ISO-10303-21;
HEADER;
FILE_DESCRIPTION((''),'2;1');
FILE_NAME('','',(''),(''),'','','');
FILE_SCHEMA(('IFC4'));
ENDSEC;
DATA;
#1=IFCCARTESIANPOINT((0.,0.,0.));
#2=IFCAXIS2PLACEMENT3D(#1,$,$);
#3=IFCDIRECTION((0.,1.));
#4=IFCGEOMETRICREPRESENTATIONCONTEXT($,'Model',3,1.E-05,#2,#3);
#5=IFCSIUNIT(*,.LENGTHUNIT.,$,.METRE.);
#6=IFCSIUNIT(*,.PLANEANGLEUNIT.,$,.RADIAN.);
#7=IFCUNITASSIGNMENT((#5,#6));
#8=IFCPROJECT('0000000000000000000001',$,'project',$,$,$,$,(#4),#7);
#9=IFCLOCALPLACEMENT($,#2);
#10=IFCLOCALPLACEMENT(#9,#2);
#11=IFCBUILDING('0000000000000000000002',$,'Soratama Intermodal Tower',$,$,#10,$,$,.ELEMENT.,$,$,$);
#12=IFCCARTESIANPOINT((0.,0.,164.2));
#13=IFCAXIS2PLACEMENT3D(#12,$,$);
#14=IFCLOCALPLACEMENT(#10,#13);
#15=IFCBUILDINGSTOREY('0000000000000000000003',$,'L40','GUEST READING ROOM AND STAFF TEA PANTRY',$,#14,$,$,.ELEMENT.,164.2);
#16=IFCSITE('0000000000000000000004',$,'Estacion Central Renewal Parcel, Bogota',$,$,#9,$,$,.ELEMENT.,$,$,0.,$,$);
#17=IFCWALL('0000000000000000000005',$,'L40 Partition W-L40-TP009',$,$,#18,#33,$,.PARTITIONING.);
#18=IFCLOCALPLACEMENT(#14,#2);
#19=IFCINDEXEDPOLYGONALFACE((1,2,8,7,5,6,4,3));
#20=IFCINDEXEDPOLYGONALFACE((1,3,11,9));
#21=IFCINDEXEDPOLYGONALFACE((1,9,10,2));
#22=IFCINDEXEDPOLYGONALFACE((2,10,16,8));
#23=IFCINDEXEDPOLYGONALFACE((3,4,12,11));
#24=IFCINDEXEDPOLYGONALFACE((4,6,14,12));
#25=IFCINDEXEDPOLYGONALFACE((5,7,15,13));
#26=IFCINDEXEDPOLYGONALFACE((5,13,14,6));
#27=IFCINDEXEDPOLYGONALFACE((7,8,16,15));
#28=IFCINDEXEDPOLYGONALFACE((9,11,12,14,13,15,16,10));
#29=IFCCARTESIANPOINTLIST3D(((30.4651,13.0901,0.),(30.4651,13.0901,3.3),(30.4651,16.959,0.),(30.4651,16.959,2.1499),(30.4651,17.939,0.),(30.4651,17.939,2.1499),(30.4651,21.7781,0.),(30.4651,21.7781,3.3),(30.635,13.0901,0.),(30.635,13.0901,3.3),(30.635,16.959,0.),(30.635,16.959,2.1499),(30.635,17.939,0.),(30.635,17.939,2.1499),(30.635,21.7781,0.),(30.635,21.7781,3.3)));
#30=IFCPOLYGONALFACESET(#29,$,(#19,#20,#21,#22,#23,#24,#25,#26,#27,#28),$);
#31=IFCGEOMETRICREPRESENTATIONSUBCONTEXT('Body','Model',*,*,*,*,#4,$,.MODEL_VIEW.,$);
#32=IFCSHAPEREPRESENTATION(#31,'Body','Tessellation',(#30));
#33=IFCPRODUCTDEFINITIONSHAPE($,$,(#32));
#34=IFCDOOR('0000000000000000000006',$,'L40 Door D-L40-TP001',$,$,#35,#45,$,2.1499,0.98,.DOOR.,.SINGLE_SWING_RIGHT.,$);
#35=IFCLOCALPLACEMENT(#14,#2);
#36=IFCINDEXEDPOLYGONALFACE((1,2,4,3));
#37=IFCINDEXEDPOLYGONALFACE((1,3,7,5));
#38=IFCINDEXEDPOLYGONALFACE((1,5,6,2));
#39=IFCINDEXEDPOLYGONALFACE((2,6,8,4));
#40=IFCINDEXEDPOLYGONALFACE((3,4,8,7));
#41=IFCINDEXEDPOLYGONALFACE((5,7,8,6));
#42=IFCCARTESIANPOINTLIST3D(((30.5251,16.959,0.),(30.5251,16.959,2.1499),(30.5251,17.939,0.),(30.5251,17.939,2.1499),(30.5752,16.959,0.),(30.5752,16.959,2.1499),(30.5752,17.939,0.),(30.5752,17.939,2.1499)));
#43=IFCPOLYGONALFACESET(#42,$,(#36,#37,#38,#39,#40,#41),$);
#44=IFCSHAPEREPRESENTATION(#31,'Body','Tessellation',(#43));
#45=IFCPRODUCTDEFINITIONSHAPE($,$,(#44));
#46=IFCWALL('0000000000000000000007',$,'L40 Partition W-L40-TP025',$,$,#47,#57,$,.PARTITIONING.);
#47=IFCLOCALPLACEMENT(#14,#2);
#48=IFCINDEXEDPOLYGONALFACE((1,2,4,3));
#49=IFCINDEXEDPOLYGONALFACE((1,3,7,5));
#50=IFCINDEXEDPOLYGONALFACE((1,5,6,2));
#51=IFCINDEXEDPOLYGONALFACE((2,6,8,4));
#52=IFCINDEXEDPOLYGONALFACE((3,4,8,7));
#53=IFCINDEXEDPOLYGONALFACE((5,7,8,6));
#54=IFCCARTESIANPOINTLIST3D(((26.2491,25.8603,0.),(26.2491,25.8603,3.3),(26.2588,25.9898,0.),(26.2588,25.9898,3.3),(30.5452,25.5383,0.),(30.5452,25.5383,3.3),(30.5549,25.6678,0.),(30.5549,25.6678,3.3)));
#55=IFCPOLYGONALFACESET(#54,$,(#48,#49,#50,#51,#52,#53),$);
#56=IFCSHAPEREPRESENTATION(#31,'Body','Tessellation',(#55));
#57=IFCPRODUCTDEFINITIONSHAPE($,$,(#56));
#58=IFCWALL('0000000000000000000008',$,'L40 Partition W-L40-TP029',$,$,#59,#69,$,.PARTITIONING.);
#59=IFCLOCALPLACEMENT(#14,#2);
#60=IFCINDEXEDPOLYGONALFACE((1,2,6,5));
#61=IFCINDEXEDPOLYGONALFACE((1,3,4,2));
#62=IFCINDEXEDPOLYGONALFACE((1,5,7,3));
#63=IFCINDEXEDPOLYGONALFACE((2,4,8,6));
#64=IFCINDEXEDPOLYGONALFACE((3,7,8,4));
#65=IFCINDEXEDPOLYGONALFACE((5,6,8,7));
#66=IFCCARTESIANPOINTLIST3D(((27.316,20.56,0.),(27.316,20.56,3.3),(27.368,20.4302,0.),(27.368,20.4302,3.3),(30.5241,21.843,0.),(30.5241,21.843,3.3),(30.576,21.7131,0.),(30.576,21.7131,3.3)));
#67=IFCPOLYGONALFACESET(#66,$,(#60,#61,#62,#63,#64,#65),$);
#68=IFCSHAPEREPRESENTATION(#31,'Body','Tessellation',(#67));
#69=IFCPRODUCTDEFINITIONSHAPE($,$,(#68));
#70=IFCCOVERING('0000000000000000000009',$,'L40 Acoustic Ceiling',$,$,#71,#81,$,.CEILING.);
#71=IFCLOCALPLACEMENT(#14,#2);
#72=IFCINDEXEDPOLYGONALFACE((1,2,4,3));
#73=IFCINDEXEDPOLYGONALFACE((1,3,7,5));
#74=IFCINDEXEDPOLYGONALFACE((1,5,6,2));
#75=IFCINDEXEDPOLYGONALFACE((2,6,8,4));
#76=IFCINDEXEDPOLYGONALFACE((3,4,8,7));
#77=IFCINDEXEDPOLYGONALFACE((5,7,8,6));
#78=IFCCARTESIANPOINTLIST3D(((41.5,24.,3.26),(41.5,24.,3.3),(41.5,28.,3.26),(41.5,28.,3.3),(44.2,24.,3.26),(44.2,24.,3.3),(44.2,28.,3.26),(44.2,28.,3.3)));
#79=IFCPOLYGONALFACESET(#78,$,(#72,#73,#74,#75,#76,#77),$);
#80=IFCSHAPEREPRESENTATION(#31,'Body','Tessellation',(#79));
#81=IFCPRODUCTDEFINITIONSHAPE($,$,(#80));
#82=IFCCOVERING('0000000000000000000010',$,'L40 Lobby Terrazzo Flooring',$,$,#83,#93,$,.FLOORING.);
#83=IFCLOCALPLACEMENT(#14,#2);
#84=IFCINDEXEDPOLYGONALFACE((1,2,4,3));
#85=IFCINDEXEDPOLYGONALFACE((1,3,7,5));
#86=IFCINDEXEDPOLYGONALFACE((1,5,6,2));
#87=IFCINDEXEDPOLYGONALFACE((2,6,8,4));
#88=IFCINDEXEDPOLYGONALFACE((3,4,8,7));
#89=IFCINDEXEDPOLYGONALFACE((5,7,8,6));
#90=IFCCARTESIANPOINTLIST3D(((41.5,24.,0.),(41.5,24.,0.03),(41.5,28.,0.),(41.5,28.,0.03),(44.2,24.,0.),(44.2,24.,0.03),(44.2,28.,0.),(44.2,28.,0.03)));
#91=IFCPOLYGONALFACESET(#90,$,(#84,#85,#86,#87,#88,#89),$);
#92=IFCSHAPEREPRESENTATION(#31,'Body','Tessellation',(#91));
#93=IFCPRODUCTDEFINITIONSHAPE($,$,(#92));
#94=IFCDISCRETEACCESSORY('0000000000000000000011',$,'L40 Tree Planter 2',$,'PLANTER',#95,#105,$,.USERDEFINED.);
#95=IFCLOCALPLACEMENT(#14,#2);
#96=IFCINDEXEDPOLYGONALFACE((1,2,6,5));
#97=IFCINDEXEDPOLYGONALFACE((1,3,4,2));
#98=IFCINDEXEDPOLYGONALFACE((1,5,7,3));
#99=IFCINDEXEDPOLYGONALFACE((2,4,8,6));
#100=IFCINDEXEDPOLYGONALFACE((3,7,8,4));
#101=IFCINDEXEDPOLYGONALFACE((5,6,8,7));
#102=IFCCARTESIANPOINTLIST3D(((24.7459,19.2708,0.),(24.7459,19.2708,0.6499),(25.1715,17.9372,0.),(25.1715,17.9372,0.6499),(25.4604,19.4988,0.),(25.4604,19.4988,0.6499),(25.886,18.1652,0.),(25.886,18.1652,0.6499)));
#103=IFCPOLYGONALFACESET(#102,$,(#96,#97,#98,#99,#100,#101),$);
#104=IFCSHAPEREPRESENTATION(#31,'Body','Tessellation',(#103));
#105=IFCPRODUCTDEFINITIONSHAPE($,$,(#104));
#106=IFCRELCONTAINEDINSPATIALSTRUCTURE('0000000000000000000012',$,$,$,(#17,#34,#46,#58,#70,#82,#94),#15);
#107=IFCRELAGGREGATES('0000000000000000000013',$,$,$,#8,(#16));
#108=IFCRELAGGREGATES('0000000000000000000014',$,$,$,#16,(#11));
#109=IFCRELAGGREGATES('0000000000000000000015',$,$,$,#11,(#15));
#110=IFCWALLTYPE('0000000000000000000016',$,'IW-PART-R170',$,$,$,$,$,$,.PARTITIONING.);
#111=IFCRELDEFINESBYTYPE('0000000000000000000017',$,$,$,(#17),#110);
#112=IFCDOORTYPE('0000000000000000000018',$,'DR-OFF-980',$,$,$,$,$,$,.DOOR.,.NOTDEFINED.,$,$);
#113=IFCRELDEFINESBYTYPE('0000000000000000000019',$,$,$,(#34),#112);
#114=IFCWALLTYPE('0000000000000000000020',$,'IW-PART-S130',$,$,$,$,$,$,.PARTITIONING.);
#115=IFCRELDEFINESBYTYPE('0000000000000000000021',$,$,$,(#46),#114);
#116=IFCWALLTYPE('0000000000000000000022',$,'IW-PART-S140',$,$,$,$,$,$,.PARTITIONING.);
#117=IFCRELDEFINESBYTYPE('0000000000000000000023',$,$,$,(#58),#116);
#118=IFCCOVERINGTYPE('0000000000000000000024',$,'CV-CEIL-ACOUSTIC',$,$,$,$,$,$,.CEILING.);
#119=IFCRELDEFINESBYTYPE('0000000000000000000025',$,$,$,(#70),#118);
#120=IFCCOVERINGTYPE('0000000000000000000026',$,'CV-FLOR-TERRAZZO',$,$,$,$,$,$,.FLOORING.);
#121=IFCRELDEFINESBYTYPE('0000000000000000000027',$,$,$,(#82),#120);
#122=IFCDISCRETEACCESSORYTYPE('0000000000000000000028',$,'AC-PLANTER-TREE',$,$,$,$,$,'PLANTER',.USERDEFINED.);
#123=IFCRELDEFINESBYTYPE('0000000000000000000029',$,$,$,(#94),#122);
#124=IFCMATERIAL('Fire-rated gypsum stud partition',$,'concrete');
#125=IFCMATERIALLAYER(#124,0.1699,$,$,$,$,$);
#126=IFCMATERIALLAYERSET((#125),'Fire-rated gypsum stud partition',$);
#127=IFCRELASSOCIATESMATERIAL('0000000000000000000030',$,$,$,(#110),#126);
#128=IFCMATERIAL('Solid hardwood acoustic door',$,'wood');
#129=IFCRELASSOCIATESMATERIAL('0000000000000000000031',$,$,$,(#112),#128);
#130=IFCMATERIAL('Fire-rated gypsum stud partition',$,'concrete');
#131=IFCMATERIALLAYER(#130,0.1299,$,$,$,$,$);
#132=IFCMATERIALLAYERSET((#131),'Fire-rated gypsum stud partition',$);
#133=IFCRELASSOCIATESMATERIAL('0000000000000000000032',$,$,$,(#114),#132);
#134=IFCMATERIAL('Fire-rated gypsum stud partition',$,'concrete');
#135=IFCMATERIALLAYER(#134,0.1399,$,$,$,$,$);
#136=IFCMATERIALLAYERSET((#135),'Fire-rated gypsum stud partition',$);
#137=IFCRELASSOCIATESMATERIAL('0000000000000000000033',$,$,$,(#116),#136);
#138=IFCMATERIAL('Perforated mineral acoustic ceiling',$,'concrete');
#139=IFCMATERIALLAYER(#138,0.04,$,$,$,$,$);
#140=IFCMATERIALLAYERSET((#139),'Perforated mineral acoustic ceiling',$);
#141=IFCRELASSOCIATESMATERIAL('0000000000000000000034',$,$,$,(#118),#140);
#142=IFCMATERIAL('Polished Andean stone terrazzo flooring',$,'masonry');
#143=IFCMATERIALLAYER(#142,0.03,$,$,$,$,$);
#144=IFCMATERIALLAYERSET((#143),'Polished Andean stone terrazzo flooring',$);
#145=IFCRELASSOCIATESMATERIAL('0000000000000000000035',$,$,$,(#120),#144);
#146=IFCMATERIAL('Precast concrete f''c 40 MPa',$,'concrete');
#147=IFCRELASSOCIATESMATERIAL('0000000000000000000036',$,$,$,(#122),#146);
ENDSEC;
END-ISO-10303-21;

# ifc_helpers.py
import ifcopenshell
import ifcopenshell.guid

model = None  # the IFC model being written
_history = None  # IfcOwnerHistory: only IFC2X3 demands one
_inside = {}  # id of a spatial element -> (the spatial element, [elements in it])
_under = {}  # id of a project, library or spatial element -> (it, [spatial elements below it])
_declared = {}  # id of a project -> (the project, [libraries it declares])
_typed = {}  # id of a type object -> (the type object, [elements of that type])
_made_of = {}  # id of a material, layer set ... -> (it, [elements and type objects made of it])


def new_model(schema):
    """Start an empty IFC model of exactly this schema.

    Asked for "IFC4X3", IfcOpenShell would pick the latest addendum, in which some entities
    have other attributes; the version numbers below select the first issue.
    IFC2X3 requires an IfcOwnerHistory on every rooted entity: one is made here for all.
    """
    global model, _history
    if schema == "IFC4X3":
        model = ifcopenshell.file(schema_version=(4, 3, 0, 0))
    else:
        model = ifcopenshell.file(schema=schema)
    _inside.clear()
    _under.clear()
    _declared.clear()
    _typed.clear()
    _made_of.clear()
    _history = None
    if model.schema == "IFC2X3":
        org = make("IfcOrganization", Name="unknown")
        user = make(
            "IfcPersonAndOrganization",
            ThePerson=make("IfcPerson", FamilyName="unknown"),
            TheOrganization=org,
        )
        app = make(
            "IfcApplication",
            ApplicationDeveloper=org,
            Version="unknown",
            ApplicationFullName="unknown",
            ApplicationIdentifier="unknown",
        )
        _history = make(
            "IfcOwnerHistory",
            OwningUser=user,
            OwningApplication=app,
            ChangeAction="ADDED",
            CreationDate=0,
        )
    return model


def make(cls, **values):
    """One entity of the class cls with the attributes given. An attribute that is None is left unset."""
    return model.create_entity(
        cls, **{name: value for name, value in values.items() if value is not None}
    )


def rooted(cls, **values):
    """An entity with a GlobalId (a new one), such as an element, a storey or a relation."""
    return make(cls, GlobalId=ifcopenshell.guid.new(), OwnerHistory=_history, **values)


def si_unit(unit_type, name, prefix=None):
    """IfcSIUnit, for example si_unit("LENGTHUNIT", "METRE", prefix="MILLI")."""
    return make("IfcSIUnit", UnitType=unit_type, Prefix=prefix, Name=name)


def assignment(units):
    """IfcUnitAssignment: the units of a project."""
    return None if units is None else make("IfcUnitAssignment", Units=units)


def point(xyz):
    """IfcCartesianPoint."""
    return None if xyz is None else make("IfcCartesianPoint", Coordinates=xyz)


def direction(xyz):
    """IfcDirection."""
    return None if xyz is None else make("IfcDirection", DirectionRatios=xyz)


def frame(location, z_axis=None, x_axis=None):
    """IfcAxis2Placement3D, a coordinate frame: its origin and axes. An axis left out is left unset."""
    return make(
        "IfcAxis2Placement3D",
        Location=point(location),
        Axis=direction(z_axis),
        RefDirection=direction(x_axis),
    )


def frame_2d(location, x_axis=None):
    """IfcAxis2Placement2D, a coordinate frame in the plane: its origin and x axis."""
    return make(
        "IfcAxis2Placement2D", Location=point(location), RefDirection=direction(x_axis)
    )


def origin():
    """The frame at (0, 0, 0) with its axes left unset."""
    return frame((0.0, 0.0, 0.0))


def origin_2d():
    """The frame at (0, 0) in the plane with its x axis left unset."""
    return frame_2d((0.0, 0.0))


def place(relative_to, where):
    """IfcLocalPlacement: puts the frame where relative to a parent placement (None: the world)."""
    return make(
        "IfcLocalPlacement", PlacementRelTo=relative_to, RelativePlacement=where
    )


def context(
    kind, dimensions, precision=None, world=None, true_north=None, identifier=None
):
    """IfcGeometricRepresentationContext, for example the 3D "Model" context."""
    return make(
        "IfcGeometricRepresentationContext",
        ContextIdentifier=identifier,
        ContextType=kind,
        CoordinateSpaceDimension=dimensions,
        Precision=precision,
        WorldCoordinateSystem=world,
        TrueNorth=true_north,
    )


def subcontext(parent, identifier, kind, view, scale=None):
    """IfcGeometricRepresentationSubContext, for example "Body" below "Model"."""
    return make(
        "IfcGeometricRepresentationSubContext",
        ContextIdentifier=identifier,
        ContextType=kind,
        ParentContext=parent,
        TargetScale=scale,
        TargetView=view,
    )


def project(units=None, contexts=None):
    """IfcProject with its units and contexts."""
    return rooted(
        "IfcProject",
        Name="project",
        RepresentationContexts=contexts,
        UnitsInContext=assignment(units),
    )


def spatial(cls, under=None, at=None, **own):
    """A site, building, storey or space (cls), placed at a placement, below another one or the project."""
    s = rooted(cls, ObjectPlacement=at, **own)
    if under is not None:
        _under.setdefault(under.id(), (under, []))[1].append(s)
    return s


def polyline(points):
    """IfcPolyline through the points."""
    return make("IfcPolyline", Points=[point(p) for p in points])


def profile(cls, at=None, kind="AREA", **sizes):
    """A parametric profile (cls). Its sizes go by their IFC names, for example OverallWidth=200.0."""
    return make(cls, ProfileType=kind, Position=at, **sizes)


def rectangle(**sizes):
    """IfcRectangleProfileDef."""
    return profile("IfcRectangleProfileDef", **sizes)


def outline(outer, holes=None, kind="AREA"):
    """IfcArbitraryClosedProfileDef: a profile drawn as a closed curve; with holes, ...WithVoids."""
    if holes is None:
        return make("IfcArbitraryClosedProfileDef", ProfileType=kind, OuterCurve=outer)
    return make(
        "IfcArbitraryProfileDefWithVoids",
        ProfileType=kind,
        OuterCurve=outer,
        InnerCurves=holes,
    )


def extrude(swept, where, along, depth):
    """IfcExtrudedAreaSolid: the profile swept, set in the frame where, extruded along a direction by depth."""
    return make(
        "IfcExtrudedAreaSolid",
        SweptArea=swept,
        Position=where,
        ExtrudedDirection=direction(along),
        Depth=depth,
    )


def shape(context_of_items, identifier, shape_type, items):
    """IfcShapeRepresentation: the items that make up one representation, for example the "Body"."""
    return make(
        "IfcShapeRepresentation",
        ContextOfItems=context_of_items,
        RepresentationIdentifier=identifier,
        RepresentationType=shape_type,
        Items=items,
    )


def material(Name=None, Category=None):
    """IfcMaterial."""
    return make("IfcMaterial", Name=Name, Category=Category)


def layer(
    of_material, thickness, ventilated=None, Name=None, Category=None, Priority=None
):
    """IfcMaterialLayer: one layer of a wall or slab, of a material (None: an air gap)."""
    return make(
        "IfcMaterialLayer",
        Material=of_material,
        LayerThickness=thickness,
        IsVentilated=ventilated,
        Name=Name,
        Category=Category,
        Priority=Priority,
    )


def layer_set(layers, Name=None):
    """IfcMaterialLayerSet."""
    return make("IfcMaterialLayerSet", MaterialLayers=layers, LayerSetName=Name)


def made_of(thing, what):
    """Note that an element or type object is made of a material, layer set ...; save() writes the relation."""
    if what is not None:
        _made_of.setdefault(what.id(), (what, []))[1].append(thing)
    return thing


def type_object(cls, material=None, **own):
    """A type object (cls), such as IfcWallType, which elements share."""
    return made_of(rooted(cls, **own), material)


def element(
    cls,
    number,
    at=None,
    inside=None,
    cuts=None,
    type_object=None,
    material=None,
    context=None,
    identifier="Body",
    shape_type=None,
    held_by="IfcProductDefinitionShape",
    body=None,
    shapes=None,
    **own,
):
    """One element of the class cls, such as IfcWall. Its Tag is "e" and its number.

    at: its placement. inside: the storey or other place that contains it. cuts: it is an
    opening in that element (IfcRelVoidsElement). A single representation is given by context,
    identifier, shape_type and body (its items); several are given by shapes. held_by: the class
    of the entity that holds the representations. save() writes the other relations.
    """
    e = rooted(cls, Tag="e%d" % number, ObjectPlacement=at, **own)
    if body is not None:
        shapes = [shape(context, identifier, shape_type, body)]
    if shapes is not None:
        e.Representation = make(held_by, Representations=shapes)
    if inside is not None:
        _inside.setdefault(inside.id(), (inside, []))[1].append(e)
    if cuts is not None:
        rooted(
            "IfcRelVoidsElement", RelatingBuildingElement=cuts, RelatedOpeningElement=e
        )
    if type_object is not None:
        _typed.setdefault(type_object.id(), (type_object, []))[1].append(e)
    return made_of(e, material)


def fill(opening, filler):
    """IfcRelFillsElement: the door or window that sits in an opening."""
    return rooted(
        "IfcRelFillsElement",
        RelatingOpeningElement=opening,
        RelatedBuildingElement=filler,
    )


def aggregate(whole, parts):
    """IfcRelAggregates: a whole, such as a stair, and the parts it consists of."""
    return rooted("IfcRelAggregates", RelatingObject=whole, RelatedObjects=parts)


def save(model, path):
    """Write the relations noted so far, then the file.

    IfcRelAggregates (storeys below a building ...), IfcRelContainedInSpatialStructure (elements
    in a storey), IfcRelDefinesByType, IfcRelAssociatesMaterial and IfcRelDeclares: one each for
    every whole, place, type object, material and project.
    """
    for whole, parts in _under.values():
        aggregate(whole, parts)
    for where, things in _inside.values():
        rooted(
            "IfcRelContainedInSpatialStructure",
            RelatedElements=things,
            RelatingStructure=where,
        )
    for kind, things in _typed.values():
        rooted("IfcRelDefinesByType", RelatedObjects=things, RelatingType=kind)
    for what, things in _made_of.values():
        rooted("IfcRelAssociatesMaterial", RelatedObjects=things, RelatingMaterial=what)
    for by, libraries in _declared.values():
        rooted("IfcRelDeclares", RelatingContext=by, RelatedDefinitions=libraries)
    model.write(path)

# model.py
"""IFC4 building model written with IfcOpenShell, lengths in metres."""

from ifc_helpers import new_model, si_unit, direction, frame, frame_2d, origin, origin_2d, place, context, subcontext, project, spatial, polyline, rectangle, outline, extrude, material, layer, layer_set, type_object, element, fill, save


model = new_model("IFC4")

# Units and contexts
model_context = context("Model", 3, precision=1e-05, world=origin(), true_north=direction((0.0, 1.0)))
body_context = subcontext(model_context, "Body", "Model", "MODEL_VIEW")
ifc_project = project(units=[si_unit("LENGTHUNIT", "METRE"), si_unit("PLANEANGLEUNIT", "RADIAN")], contexts=[model_context])

# Site, building, storey
site_placement = place(None, origin())
site = spatial("IfcSite", under=ifc_project, at=site_placement, Name="Estacion Central Renewal Parcel, Bogota", CompositionType="ELEMENT", RefElevation=0.0)
building_placement = place(site_placement, origin())
building = spatial("IfcBuilding", under=site, at=building_placement, Name="Soratama Intermodal Tower", CompositionType="ELEMENT")
storey_placement = place(building_placement, frame((0.0, 0.0, 164.2)))
storey = spatial("IfcBuildingStorey", under=building, at=storey_placement, Name="L40", Description="GUEST READING ROOM AND STAFF TEA PANTRY", CompositionType="ELEMENT", Elevation=164.2)

# Wall, opening, door
ifc_material_1 = material(Name="Fire-rated gypsum stud partition", Category="concrete")
ifc_layer_1 = layer(ifc_material_1, 0.1699)
ifc_layer_set_1 = layer_set([ifc_layer_1], Name="Fire-rated gypsum stud partition")
wall_type_1 = type_object("IfcWallType", Name="IW-PART-R170", PredefinedType="PARTITIONING", material=ifc_layer_set_1)
wall_1_placement = place(storey_placement, frame((30.55, 13.0901, 0.0), z_axis=(0.0, 0.0, 1.0), x_axis=(0.0, 1.0, 0.0)))
wall_1 = element("IfcWall", 1, at=wall_1_placement, inside=storey, type_object=wall_type_1, Name="L40 Partition W-L40-TP009", PredefinedType="PARTITIONING", context=body_context, shape_type="SweptSolid", body=[
    extrude(rectangle(XDim=8.688, YDim=0.1699, at=frame_2d((4.344, 0.0))), origin(), (0.0, 0.0, 1.0), 3.3),
])
opening_1_placement = place(wall_1_placement, frame((3.8689, 0.0, 0.0)))
opening_1 = element("IfcOpeningElement", 2, at=opening_1_placement, cuts=wall_1, PredefinedType="OPENING", context=body_context, shape_type="SweptSolid", body=[
    extrude(rectangle(XDim=0.98, YDim=2.1499, at=frame_2d((0.49, 1.075))), frame((0.0, 0.095, 0.0), z_axis=(0.0, -1.0, 0.0), x_axis=(1.0, 0.0, 0.0)), (0.0, 0.0, 1.0), 0.1899),
])
ifc_material_2 = material(Name="Solid hardwood acoustic door", Category="wood")
door_type_1 = type_object("IfcDoorType", Name="DR-OFF-980", OperationType="NOTDEFINED", PredefinedType="DOOR", material=ifc_material_2)
door_1_placement = place(opening_1_placement, origin())
door_1 = element("IfcDoor", 3, at=door_1_placement, inside=storey, type_object=door_type_1, Name="L40 Door D-L40-TP001", OperationType="SINGLE_SWING_RIGHT", OverallHeight=2.1499, OverallWidth=0.98, PredefinedType="DOOR", context=body_context, shape_type="SweptSolid", body=[
    extrude(rectangle(XDim=0.98, YDim=2.1499, at=frame_2d((0.49, 1.075))), frame((0.0, 0.0249, 0.0), z_axis=(0.0, -1.0, 0.0), x_axis=(1.0, 0.0, 0.0)), (0.0, 0.0, 1.0), 0.05),
])
fill(opening_1, door_1)

# Walls
ifc_material_3 = material(Name="Fire-rated gypsum stud partition", Category="concrete")
ifc_layer_2 = layer(ifc_material_3, 0.1299)
ifc_layer_set_2 = layer_set([ifc_layer_2], Name="Fire-rated gypsum stud partition")
wall_type_2 = type_object("IfcWallType", Name="IW-PART-S130", PredefinedType="PARTITIONING", material=ifc_layer_set_2)
wall_2_placement = place(storey_placement, frame((30.55, 25.603, 0.0), z_axis=(0.0, 0.0, 1.0), x_axis=(-0.997203, 0.074746, 0.0)))
element("IfcWall", 4, at=wall_2_placement, inside=storey, type_object=wall_type_2, Name="L40 Partition W-L40-TP025", PredefinedType="PARTITIONING", context=body_context, shape_type="SweptSolid", body=[
    extrude(rectangle(XDim=4.3081, YDim=0.1299, at=frame_2d((2.1541, 0.0))), origin(), (0.0, 0.0, 1.0), 3.3),
])
ifc_material_4 = material(Name="Fire-rated gypsum stud partition", Category="concrete")
ifc_layer_3 = layer(ifc_material_4, 0.1399)
ifc_layer_set_3 = layer_set([ifc_layer_3], Name="Fire-rated gypsum stud partition")
wall_type_3 = type_object("IfcWallType", Name="IW-PART-S140", PredefinedType="PARTITIONING", material=ifc_layer_set_3)
wall_3_placement = place(storey_placement, frame((30.55, 21.7781, 0.0), z_axis=(0.0, 0.0, 1.0), x_axis=(-0.928501, -0.37133, 0.0)))
element("IfcWall", 5, at=wall_3_placement, inside=storey, type_object=wall_type_3, Name="L40 Partition W-L40-TP029", PredefinedType="PARTITIONING", context=body_context, shape_type="SweptSolid", body=[
    extrude(rectangle(XDim=3.4551, YDim=0.1399, at=frame_2d((1.7275, 0.0))), origin(), (0.0, 0.0, 1.0), 3.3),
])

# Coverings
ifc_material_5 = material(Name="Perforated mineral acoustic ceiling", Category="concrete")
ifc_layer_4 = layer(ifc_material_5, 0.04)
ifc_layer_set_4 = layer_set([ifc_layer_4], Name="Perforated mineral acoustic ceiling")
covering_type_1 = type_object("IfcCoveringType", Name="CV-CEIL-ACOUSTIC", PredefinedType="CEILING", material=ifc_layer_set_4)
covering_1_placement = place(storey_placement, frame((0.0, 0.0, 3.26)))
element("IfcCovering", 6, at=covering_1_placement, inside=storey, type_object=covering_type_1, Name="L40 Acoustic Ceiling", PredefinedType="CEILING", context=body_context, shape_type="SweptSolid", body=[
    extrude(outline(polyline([(41.5, 24.0), (44.2, 24.0), (44.2, 28.0), (41.5, 28.0), (41.5, 24.0)])), origin(), (0.0, 0.0, 1.0), 0.04),
])
ifc_material_6 = material(Name="Polished Andean stone terrazzo flooring", Category="masonry")
ifc_layer_5 = layer(ifc_material_6, 0.03)
ifc_layer_set_5 = layer_set([ifc_layer_5], Name="Polished Andean stone terrazzo flooring")
covering_type_2 = type_object("IfcCoveringType", Name="CV-FLOR-TERRAZZO", PredefinedType="FLOORING", material=ifc_layer_set_5)
covering_2_placement = place(storey_placement, origin())
element("IfcCovering", 7, at=covering_2_placement, inside=storey, type_object=covering_type_2, Name="L40 Lobby Terrazzo Flooring", PredefinedType="FLOORING", context=body_context, shape_type="SweptSolid", body=[
    extrude(outline(polyline([(41.5, 24.0), (44.2, 24.0), (44.2, 28.0), (41.5, 28.0), (41.5, 24.0)])), origin(), (0.0, 0.0, 1.0), 0.03),
])

# Discrete accessory
ifc_material_7 = material(Name="Precast concrete f'c 40 MPa", Category="concrete")
discrete_accessory_type = type_object("IfcDiscreteAccessoryType", Name="AC-PLANTER-TREE", ElementType="PLANTER", PredefinedType="USERDEFINED", material=ifc_material_7)
discrete_accessory_placement = place(storey_placement, frame((25.3159, 18.718, 0.0), z_axis=(0.0, 0.0, 1.0), x_axis=(-0.952661, -0.304033, 0.0)))
element("IfcDiscreteAccessory", 8, at=discrete_accessory_placement, inside=storey, type_object=discrete_accessory_type, Name="L40 Tree Planter 2", ObjectType="PLANTER", PredefinedType="USERDEFINED", context=body_context, shape_type="SweptSolid", body=[
    extrude(rectangle(XDim=0.75, YDim=1.3999, at=origin_2d()), origin(), (0.0, 0.0, 1.0), 0.6499),
])

save(model, "model.ifc")
